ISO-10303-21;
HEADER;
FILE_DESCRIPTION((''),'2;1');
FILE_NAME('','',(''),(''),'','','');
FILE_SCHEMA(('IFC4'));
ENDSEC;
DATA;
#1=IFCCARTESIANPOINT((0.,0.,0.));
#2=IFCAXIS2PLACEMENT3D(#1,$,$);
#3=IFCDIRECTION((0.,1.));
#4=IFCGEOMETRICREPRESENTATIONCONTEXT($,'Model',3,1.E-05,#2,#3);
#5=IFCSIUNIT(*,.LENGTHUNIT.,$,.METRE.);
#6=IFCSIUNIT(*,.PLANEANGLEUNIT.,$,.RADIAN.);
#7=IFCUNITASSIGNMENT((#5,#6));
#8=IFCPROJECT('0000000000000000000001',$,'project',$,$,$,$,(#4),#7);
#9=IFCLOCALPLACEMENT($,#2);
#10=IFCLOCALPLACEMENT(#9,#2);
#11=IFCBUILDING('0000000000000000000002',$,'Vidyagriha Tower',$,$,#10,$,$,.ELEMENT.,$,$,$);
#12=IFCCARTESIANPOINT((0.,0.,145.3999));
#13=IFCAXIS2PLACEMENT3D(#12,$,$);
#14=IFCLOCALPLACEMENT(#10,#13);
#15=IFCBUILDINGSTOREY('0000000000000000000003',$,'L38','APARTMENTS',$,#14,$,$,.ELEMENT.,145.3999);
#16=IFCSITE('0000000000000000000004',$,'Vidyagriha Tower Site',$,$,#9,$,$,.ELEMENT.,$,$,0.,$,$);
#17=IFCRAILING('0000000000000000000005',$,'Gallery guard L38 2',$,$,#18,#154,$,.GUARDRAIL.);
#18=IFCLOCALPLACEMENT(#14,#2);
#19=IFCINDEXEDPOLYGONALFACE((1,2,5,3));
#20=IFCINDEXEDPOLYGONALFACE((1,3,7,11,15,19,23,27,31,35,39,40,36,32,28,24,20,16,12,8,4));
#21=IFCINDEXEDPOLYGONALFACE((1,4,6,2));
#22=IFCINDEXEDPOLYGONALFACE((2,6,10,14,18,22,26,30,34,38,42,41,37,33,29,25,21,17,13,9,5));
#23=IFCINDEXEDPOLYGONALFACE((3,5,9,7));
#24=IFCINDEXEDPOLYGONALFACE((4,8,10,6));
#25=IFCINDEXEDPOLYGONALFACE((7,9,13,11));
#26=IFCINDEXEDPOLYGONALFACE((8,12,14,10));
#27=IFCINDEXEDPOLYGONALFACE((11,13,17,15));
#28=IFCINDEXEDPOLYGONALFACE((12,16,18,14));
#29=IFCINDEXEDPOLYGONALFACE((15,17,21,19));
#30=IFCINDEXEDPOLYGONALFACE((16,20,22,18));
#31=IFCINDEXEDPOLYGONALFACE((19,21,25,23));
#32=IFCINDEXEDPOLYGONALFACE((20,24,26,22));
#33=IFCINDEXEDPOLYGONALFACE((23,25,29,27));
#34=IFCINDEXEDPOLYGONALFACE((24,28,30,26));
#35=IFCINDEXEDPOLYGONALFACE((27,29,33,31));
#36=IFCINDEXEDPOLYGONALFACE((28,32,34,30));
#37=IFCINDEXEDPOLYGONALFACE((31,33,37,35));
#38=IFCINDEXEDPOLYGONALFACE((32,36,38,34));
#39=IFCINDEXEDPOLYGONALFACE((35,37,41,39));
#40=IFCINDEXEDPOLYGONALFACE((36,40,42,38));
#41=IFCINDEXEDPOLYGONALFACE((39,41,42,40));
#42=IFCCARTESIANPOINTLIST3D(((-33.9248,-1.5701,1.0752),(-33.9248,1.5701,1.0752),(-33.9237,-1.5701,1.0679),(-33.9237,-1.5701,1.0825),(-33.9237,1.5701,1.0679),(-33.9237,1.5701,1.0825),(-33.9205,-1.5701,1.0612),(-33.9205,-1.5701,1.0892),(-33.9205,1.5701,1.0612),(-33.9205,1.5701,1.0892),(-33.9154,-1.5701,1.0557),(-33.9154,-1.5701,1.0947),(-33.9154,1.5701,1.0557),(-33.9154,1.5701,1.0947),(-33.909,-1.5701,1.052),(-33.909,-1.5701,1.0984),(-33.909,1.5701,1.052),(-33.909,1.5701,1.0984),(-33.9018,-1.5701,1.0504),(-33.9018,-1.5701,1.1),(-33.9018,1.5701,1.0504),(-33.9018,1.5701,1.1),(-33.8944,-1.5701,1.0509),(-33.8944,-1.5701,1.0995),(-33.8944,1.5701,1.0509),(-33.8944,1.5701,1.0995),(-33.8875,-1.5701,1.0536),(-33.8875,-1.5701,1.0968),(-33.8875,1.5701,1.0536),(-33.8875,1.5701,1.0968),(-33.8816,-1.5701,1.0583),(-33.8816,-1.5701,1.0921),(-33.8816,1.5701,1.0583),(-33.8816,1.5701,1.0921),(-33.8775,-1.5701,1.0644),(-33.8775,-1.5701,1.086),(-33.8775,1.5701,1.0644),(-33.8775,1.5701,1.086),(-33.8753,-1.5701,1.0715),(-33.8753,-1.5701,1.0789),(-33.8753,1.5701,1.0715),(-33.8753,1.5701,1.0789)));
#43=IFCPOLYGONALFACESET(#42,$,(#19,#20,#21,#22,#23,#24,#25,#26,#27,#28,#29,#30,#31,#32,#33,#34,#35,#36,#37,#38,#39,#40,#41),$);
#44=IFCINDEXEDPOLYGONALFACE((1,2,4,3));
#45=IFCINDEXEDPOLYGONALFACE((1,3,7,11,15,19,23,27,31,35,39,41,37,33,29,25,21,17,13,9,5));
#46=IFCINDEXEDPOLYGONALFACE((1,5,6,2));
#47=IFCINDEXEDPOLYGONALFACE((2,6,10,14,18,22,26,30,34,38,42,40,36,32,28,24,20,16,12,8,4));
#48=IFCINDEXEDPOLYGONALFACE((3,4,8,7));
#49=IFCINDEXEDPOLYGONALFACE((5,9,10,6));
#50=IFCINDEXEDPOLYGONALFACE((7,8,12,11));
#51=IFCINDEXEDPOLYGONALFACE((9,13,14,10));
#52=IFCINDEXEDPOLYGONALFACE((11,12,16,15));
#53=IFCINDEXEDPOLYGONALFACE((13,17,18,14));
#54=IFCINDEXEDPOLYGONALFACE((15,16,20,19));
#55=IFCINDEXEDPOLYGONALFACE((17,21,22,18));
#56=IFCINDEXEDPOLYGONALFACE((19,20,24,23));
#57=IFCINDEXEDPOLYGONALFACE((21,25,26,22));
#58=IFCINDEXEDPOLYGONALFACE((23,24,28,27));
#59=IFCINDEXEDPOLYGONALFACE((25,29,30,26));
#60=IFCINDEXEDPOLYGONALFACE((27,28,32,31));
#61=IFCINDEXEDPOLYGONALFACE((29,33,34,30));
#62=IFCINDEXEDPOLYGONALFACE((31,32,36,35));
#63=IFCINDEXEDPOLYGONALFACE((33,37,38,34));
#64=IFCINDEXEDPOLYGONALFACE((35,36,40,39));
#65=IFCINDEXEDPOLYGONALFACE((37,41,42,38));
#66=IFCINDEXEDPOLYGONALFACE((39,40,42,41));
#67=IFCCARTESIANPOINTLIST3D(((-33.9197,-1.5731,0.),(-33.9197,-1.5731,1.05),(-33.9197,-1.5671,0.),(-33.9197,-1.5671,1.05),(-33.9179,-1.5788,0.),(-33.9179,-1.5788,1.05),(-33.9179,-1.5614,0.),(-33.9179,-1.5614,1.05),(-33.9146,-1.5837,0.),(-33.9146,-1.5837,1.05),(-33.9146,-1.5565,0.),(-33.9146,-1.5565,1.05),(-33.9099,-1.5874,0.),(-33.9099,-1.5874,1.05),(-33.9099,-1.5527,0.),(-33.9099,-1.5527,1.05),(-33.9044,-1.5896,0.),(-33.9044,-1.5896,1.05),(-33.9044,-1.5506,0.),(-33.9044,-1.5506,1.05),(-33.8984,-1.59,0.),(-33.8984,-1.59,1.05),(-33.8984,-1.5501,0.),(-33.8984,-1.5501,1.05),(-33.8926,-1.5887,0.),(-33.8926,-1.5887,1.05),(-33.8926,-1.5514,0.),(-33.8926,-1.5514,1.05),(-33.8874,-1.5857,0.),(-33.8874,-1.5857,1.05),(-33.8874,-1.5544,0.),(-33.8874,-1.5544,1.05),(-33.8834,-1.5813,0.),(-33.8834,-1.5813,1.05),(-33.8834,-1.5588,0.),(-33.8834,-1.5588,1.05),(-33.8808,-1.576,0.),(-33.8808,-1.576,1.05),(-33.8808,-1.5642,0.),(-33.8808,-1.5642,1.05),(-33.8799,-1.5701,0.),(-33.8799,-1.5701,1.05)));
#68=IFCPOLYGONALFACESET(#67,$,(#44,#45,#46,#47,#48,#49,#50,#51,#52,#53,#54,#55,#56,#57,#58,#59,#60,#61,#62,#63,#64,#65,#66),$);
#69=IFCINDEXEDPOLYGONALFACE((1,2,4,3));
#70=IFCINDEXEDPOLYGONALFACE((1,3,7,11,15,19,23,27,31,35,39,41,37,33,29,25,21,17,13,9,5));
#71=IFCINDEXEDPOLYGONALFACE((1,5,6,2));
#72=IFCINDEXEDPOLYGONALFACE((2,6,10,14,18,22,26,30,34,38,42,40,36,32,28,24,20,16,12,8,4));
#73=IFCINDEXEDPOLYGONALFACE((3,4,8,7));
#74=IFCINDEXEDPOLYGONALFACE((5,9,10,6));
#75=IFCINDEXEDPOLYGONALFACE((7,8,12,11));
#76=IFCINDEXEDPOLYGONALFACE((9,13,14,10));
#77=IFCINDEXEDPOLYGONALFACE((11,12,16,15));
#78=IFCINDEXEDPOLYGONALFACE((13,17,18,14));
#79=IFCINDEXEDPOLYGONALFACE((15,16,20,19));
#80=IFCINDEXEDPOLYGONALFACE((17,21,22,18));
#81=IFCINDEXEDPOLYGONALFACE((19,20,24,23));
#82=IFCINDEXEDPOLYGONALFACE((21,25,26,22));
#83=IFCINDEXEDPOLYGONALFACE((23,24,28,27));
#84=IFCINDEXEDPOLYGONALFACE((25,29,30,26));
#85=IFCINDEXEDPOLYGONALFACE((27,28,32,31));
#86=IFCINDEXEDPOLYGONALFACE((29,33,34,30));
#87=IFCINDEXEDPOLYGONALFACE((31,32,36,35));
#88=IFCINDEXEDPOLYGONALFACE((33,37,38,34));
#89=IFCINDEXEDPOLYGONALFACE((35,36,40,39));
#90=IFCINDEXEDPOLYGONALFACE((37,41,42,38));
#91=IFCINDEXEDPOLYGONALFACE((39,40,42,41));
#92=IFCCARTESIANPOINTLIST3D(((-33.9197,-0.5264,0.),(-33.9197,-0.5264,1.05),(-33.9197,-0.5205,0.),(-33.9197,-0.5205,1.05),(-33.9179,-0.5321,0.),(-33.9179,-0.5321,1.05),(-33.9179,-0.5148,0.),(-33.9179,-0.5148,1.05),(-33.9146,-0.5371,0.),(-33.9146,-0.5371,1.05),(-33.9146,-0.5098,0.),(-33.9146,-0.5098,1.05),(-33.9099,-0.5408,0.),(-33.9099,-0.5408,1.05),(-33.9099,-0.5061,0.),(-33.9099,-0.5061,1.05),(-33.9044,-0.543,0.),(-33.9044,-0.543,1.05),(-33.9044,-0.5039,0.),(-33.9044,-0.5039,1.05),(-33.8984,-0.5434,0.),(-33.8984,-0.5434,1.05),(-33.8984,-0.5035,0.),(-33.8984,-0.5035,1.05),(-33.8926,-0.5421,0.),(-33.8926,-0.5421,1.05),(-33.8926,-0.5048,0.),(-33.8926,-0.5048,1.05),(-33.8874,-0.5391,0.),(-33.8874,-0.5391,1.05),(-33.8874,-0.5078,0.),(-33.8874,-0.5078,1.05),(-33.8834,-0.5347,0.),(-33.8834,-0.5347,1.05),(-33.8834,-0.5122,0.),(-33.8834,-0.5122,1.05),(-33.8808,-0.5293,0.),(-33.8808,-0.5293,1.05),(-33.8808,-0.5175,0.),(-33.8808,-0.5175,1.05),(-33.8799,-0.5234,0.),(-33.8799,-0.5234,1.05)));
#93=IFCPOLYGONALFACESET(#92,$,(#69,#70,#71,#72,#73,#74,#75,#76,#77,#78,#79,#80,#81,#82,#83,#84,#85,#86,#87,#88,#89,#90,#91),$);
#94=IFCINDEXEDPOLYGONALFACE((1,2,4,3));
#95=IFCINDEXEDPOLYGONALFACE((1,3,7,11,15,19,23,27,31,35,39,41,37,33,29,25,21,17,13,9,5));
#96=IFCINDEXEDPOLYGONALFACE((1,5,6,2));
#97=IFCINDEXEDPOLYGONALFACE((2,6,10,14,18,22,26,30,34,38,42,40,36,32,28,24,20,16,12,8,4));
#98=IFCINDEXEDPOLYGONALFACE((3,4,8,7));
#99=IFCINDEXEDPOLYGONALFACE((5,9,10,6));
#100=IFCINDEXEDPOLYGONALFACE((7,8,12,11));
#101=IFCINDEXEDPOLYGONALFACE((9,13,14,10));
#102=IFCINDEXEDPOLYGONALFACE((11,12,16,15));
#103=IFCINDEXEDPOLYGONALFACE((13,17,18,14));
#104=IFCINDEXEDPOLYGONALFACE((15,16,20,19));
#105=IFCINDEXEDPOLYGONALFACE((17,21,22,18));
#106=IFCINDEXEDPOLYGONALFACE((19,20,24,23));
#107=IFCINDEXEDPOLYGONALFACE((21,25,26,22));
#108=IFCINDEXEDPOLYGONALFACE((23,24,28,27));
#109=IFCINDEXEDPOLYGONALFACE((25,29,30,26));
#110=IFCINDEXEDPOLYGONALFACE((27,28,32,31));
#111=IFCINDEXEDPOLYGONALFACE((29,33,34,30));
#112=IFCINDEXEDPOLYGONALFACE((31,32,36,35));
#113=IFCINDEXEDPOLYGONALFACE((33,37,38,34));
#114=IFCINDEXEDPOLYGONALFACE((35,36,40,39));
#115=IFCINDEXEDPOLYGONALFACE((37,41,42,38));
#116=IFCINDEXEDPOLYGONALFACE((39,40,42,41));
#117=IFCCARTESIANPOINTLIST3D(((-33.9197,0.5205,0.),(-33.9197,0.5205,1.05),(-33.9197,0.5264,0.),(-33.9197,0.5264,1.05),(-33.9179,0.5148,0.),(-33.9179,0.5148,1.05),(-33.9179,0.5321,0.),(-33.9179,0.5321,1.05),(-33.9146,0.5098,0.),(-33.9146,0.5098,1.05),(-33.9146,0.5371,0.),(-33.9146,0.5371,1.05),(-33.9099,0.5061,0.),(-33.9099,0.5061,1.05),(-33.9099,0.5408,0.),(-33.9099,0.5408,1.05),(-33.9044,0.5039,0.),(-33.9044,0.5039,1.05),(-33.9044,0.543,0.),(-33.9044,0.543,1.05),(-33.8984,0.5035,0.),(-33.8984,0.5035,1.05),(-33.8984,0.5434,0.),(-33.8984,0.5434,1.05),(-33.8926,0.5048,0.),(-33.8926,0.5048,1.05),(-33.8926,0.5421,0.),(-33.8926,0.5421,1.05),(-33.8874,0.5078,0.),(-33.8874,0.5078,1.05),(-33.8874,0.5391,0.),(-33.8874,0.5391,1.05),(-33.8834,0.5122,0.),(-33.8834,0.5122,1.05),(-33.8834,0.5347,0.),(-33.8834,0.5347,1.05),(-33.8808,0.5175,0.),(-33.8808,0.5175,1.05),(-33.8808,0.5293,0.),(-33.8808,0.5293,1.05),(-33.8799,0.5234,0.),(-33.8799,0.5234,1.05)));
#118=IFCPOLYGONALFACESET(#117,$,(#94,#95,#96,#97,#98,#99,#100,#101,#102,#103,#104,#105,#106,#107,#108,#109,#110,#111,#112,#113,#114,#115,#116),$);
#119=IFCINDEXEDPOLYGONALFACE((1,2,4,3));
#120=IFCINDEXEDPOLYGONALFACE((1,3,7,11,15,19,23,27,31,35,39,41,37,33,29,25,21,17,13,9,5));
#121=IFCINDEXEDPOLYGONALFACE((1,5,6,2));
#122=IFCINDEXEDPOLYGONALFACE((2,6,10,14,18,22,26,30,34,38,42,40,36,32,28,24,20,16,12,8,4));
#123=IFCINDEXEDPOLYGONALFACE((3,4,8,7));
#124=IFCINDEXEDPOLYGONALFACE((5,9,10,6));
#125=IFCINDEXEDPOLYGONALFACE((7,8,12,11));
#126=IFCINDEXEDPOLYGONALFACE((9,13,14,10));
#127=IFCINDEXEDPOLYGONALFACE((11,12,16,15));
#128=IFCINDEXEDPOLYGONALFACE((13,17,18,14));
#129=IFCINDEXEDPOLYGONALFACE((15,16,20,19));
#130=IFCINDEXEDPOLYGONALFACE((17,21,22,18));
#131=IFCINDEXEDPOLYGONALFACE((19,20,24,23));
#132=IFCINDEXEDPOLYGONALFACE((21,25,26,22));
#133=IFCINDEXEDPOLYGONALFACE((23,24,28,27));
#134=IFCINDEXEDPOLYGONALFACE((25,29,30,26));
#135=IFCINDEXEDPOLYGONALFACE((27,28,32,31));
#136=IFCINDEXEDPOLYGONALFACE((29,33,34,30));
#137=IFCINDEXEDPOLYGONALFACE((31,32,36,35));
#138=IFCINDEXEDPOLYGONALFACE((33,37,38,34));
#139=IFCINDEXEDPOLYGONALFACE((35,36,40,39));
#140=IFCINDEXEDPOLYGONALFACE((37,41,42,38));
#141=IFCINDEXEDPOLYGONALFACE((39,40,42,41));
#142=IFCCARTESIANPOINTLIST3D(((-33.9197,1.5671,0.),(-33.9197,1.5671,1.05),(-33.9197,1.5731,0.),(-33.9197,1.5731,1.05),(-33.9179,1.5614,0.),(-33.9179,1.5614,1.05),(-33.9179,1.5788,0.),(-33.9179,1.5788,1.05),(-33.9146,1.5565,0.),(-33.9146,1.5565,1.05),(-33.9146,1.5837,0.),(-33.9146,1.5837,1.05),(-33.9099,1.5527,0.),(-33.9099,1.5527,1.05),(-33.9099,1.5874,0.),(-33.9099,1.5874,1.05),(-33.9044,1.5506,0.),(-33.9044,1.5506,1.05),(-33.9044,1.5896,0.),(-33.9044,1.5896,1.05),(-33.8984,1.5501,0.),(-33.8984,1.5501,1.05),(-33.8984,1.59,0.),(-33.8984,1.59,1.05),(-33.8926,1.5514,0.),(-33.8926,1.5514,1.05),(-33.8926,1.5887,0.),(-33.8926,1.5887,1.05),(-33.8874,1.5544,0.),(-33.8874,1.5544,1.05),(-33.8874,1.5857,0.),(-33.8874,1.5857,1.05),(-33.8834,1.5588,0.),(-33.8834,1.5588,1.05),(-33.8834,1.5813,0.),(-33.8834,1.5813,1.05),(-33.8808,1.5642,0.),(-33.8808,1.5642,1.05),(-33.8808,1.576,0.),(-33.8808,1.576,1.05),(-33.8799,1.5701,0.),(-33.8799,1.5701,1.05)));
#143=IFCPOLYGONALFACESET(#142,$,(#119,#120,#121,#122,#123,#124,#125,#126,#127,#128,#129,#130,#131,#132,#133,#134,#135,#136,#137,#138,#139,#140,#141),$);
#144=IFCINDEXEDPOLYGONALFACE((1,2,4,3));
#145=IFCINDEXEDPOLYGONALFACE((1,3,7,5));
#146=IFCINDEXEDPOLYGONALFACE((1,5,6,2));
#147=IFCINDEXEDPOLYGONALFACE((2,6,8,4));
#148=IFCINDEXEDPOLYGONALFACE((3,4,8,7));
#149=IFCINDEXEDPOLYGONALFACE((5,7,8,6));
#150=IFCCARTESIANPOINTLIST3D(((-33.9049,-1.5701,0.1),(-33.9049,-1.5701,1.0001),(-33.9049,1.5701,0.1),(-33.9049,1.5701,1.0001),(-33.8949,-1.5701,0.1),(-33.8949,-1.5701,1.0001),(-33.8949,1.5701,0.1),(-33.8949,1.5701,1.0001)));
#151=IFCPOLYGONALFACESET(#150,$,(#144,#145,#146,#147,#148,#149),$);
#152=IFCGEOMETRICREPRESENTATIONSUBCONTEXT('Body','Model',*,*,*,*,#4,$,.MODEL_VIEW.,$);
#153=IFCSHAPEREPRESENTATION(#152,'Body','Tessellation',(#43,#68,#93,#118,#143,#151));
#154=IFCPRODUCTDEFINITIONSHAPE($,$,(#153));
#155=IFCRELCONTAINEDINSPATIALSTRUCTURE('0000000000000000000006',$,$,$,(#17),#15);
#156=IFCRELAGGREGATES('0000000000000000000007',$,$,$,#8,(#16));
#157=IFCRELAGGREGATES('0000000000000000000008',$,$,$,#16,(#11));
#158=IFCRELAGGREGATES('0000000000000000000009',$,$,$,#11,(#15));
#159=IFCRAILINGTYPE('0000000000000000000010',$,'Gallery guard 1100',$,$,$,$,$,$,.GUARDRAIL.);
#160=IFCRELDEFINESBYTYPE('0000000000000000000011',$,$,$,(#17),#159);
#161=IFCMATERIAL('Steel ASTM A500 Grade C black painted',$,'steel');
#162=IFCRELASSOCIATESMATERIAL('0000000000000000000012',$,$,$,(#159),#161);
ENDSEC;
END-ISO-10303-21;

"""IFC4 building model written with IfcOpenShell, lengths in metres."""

from ifc_helpers import new_model, si_unit, direction, frame, origin, origin_2d, place, context, subcontext, project, spatial, rectangle, circle, extrude, material, type_object, element, save


model = new_model("IFC4")

# Units and contexts
model_context = context("Model", 3, precision=1e-05, world=origin(), true_north=direction((0.0, 1.0)))
body_context = subcontext(model_context, "Body", "Model", "MODEL_VIEW")
ifc_project = project(units=[si_unit("LENGTHUNIT", "METRE"), si_unit("PLANEANGLEUNIT", "RADIAN")], contexts=[model_context])

# Site, building, storey
site_placement = place(None, origin())
site = spatial("IfcSite", under=ifc_project, at=site_placement, Name="Vidyagriha Tower Site", CompositionType="ELEMENT", RefElevation=0.0)
building_placement = place(site_placement, origin())
building = spatial("IfcBuilding", under=site, at=building_placement, Name="Vidyagriha Tower", CompositionType="ELEMENT")
storey_placement = place(building_placement, frame((0.0, 0.0, 145.3999)))
storey = spatial("IfcBuildingStorey", under=building, at=storey_placement, Name="L38", Description="APARTMENTS", CompositionType="ELEMENT", Elevation=145.3999)

# Railing
ifc_material_1 = material(Name="Steel ASTM A500 Grade C black painted", Category="steel")
railing_type_1 = type_object("IfcRailingType", Name="Gallery guard 1100", PredefinedType="GUARDRAIL", material=ifc_material_1)
railing_1_placement = place(storey_placement, frame((-33.8999, -1.5701, 0.0)))
element("IfcRailing", 1, at=railing_1_placement, inside=storey, type_object=railing_type_1, Name="Gallery guard L38 2", PredefinedType="GUARDRAIL", context=body_context, shape_type="SweptSolid", body=[
    extrude(circle(Radius=0.0249, at=origin_2d()), frame((0.0, 0.0, 1.0752), z_axis=(0.0, 1.0, 0.0), x_axis=(-1.0, 0.0, 0.0)), (0.0, 0.0, 1.0), 3.1401),
    extrude(circle(Radius=0.02, at=origin_2d()), origin(), (0.0, 0.0, 1.0), 1.05),
    extrude(circle(Radius=0.02, at=origin_2d()), frame((0.0, 1.0466, 0.0)), (0.0, 0.0, 1.0), 1.05),
    extrude(circle(Radius=0.02, at=origin_2d()), frame((0.0, 2.0935, 0.0)), (0.0, 0.0, 1.0), 1.05),
    extrude(circle(Radius=0.02, at=origin_2d()), frame((0.0, 3.1401, 0.0)), (0.0, 0.0, 1.0), 1.05),
    extrude(rectangle(XDim=0.01, YDim=0.9001, at=origin_2d()), frame((0.0, 0.0, 0.55), z_axis=(0.0, 1.0, 0.0), x_axis=(-1.0, 0.0, 0.0)), (0.0, 0.0, 1.0), 3.1401),
])

save(model, "model.ifc")
